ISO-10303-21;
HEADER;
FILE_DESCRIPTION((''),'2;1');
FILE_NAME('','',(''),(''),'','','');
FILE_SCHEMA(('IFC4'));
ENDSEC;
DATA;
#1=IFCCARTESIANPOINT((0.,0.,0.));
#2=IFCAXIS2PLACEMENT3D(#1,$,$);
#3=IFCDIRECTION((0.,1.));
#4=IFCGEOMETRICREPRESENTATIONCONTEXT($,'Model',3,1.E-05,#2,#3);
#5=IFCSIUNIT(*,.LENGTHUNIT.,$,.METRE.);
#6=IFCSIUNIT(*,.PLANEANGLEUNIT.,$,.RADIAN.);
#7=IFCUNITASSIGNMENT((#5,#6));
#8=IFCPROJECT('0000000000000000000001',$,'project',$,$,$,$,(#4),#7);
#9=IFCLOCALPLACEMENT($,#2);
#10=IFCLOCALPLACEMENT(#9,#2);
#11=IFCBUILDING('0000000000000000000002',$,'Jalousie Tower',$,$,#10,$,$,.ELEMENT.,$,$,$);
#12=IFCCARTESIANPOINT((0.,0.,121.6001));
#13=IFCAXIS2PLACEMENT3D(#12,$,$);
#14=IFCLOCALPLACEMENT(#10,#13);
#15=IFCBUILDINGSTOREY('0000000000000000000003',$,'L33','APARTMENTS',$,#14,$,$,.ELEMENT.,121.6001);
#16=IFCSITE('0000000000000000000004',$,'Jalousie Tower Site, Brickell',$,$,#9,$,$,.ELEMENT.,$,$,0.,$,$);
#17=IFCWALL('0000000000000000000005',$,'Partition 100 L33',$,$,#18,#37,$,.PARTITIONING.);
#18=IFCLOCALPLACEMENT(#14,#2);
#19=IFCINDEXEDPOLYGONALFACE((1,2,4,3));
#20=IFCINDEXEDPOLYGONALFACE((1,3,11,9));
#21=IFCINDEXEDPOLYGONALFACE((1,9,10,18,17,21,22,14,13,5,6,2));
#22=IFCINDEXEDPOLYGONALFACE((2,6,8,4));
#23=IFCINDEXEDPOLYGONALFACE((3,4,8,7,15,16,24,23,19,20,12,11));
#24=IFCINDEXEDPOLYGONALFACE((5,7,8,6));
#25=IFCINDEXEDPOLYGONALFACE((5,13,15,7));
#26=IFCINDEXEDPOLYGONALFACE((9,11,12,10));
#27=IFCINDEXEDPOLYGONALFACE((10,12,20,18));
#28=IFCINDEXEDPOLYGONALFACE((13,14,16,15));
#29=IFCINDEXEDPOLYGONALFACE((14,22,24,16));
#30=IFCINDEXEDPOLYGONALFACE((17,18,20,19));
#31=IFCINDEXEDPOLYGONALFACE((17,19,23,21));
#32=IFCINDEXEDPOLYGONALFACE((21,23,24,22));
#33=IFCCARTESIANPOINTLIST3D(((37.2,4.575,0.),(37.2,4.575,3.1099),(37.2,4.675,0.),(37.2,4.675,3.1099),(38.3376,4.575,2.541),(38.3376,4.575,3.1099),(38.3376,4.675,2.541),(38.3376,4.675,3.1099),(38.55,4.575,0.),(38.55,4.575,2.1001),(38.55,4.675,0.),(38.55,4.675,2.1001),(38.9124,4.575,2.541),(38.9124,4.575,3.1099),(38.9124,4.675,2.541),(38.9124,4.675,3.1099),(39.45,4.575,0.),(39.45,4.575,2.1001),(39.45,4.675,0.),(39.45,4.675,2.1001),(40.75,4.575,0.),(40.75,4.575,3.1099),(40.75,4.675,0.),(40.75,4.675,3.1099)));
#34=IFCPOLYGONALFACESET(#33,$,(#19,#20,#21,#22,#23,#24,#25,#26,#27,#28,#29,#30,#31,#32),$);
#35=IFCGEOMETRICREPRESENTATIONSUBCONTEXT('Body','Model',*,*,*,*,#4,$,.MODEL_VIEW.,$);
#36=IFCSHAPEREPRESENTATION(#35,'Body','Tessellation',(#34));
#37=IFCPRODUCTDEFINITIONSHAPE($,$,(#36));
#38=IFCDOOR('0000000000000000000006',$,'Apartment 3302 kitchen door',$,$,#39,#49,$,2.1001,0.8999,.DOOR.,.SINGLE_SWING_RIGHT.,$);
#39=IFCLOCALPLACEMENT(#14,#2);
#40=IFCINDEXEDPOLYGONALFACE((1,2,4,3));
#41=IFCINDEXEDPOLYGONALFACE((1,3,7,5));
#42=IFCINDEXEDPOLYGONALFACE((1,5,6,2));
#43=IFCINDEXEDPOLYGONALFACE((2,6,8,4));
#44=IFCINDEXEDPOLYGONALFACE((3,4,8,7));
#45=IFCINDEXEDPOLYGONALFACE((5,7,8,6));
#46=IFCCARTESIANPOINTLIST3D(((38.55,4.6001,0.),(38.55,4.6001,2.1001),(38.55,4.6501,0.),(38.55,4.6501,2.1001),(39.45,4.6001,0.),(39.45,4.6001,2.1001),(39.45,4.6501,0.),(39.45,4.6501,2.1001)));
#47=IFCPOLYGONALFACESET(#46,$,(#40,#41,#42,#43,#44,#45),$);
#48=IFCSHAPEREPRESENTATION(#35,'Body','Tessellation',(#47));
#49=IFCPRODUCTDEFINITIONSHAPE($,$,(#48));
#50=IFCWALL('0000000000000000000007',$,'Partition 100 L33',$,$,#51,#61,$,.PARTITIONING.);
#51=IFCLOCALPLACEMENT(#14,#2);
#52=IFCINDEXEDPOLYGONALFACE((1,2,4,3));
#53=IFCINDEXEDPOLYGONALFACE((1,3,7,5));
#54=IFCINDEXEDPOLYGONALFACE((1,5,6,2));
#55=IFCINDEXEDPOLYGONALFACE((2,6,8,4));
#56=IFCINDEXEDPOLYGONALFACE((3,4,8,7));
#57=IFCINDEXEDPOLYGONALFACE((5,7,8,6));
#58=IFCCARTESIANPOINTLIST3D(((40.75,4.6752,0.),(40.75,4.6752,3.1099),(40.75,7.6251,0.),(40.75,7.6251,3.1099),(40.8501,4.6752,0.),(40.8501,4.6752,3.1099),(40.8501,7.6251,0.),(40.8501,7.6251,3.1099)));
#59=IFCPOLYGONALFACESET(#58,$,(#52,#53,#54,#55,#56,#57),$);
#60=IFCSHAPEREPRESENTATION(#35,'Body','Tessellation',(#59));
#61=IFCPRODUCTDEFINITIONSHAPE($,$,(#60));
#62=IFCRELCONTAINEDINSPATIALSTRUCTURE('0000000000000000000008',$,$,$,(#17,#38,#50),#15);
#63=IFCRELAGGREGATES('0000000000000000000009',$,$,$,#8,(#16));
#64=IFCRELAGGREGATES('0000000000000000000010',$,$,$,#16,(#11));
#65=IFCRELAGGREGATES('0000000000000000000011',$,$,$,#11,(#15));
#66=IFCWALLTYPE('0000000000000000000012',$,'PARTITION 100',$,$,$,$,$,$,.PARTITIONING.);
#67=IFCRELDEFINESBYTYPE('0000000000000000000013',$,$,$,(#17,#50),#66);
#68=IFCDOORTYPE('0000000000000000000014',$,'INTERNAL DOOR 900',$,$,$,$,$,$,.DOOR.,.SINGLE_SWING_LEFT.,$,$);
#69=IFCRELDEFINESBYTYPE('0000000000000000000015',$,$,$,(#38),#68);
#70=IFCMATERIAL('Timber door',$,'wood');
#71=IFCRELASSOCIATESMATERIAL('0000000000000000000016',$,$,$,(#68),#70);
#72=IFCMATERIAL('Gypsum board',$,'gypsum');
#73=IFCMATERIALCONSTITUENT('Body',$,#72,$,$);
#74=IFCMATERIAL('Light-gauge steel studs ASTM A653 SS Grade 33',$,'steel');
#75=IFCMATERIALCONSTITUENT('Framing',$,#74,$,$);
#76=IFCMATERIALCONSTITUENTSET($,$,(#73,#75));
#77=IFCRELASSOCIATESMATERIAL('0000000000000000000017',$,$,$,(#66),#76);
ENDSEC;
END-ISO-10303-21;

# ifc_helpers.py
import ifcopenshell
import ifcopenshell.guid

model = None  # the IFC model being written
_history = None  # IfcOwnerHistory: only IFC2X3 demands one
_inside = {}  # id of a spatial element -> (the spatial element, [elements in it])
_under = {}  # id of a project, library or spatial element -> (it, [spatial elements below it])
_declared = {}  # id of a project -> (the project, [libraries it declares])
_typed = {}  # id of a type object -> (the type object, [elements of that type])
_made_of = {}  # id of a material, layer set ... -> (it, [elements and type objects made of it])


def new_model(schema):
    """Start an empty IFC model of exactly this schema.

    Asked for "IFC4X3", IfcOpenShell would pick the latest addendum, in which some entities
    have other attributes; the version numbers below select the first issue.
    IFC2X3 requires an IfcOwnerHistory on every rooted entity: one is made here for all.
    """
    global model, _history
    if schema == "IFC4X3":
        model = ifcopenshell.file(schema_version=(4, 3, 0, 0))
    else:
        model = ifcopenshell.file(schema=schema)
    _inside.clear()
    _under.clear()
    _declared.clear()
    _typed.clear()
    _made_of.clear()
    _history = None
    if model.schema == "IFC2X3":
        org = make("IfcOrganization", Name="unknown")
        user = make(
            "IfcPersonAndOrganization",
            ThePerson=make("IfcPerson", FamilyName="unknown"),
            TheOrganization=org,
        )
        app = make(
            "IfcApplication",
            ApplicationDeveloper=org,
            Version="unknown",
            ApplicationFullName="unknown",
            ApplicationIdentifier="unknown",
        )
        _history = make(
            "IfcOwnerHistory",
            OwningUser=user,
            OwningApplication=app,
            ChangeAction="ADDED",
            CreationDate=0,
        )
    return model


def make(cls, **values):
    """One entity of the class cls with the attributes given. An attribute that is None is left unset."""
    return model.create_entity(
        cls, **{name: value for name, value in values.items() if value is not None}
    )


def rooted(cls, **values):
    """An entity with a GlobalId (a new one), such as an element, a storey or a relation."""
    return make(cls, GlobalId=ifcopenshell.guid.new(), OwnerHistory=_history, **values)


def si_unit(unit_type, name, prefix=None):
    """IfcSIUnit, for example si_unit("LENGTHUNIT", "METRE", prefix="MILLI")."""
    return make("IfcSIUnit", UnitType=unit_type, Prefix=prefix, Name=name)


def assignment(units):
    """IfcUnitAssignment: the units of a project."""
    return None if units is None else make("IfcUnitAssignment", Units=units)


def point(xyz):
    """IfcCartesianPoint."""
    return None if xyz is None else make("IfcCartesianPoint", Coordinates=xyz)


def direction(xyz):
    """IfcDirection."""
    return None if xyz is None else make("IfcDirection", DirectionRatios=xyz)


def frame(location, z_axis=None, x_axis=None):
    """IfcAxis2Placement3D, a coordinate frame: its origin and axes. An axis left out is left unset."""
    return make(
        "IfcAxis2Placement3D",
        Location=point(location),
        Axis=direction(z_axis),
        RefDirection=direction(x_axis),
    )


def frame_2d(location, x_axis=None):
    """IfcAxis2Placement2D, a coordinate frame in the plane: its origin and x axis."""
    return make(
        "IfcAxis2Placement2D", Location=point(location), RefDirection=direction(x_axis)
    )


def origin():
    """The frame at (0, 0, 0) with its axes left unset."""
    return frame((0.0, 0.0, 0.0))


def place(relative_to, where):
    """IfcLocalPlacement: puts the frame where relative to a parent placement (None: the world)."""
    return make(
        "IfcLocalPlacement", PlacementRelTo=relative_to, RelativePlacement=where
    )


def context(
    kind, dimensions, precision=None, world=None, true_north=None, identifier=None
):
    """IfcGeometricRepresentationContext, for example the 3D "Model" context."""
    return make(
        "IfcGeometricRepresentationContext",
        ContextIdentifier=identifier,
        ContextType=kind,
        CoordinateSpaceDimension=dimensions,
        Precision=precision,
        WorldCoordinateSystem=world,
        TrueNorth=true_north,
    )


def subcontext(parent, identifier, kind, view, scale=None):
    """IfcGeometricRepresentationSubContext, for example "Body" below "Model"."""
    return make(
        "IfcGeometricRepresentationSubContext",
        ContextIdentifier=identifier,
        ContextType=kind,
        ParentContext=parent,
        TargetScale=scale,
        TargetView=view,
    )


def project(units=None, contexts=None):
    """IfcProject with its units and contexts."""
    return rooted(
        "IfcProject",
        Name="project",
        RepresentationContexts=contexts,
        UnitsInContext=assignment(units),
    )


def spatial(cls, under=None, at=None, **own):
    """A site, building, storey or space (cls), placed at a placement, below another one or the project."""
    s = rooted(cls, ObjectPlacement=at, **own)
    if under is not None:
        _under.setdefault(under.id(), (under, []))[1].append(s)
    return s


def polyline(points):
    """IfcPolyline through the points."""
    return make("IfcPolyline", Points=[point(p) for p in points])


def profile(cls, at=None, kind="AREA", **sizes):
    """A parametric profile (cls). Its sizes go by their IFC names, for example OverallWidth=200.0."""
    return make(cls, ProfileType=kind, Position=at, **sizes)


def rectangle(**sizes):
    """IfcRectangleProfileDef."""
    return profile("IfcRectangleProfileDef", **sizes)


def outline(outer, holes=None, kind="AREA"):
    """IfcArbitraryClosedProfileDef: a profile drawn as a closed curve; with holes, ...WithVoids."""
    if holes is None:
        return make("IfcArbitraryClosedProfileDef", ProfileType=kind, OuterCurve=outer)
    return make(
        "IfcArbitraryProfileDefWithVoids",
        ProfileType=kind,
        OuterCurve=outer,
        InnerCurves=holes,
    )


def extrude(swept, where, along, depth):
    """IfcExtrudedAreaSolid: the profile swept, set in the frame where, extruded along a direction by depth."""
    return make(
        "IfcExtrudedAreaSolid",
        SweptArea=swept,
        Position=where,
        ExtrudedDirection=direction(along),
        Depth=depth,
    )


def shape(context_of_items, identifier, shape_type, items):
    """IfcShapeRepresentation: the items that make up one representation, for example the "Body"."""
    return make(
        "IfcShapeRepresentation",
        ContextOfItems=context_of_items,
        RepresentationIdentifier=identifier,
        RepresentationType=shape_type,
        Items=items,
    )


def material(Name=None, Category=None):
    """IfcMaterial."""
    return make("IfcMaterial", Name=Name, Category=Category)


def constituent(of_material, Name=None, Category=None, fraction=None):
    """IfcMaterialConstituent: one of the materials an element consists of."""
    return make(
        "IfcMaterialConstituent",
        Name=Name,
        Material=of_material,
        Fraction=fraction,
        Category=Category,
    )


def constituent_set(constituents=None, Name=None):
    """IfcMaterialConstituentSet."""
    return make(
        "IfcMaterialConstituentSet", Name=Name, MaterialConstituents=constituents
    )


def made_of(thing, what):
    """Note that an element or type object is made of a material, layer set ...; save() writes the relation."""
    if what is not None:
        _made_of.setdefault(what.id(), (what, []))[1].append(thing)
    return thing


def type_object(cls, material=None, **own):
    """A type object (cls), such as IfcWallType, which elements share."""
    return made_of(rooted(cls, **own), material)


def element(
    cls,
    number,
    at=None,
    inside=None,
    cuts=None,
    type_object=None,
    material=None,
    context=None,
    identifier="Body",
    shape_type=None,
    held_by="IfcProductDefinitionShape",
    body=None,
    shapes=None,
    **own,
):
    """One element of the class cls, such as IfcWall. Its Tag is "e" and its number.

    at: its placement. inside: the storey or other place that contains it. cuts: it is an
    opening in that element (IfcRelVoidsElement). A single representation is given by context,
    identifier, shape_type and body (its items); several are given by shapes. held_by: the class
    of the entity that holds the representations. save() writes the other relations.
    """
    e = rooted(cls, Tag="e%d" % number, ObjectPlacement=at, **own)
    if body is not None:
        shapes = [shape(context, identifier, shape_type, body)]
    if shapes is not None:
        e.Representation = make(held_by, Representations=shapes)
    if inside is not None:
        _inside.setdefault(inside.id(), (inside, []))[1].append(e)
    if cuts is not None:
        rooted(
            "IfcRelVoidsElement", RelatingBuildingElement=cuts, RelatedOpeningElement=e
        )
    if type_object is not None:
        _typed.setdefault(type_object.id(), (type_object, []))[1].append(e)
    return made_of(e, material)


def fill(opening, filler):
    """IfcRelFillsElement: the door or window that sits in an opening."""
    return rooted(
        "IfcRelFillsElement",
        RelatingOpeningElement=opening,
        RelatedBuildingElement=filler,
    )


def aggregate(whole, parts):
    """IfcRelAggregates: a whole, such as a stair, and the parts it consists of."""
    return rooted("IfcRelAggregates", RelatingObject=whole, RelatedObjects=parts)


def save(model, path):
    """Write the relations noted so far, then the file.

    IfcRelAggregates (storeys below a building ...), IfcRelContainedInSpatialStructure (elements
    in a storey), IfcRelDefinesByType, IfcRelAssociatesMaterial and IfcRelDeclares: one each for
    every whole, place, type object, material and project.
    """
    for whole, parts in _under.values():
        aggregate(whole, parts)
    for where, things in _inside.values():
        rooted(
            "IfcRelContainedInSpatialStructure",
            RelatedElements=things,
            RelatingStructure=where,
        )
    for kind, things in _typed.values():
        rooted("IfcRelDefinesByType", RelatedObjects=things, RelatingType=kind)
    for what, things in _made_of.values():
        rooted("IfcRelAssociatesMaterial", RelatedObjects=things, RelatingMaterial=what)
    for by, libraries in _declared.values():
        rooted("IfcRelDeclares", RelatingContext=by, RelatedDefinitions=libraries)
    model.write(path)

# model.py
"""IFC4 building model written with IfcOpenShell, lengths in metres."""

from ifc_helpers import new_model, si_unit, direction, frame, frame_2d, origin, place, context, subcontext, project, spatial, polyline, rectangle, outline, extrude, material, constituent, constituent_set, type_object, element, fill, save


model = new_model("IFC4")

# Units and contexts
model_context = context("Model", 3, precision=1e-05, world=origin(), true_north=direction((0.0, 1.0)))
body_context = subcontext(model_context, "Body", "Model", "MODEL_VIEW")
ifc_project = project(units=[si_unit("LENGTHUNIT", "METRE"), si_unit("PLANEANGLEUNIT", "RADIAN")], contexts=[model_context])

# Site, building, storey
site_placement = place(None, origin())
site = spatial("IfcSite", under=ifc_project, at=site_placement, Name="Jalousie Tower Site, Brickell", CompositionType="ELEMENT", RefElevation=0.0)
building_placement = place(site_placement, origin())
building = spatial("IfcBuilding", under=site, at=building_placement, Name="Jalousie Tower", CompositionType="ELEMENT")
storey_placement = place(building_placement, frame((0.0, 0.0, 121.6001)))
storey = spatial("IfcBuildingStorey", under=building, at=storey_placement, Name="L33", Description="APARTMENTS", CompositionType="ELEMENT", Elevation=121.6001)

# Shared definitions
ifc_material_1 = material(Name="Timber door", Category="wood")
door_type_1 = type_object("IfcDoorType", Name="INTERNAL DOOR 900", OperationType="SINGLE_SWING_LEFT", PredefinedType="DOOR", material=ifc_material_1)

# Wall, opening, door
ifc_material_2 = material(Name="Gypsum board", Category="gypsum")
ifc_constituent_1 = constituent(ifc_material_2, Name="Body")
ifc_material_3 = material(Name="Light-gauge steel studs ASTM A653 SS Grade 33", Category="steel")
ifc_constituent_2 = constituent(ifc_material_3, Name="Framing")
ifc_constituent_set_1 = constituent_set(constituents=[ifc_constituent_1, ifc_constituent_2])
wall_type_1 = type_object("IfcWallType", Name="PARTITION 100", PredefinedType="PARTITIONING", material=ifc_constituent_set_1)
wall_1_placement = place(storey_placement, frame((37.2, 4.625, 0.0), z_axis=(0.0, 0.0, 1.0), x_axis=(1.0, 0.0, 0.0)))
wall_1 = element("IfcWall", 1, at=wall_1_placement, inside=storey, type_object=wall_type_1, Name="Partition 100 L33", PredefinedType="PARTITIONING", context=body_context, shape_type="SweptSolid", body=[
    extrude(outline(polyline([(0.0, 0.0), (3.55, 0.0), (3.55, 3.1099), (1.7124, 3.1099), (1.7124, 2.541), (1.1377, 2.541), (1.1377, 3.1099), (0.0, 3.1099), (0.0, 0.0)])), frame((0.0, 0.05, 0.0), z_axis=(0.0, -1.0, 0.0), x_axis=(1.0, 0.0, 0.0)), (0.0, 0.0, 1.0), 0.1001),
])
opening_1_placement = place(wall_1_placement, frame((1.3501, 0.0, 0.0)))
opening_1 = element("IfcOpeningElement", 2, at=opening_1_placement, cuts=wall_1, PredefinedType="OPENING", context=body_context, shape_type="SweptSolid", body=[
    extrude(rectangle(XDim=0.8999, YDim=2.1001, at=frame_2d((0.45, 1.05))), frame((0.0, 0.0601, 0.0), z_axis=(0.0, -1.0, 0.0), x_axis=(1.0, 0.0, 0.0)), (0.0, 0.0, 1.0), 0.1201),
])
door_1_placement = place(opening_1_placement, frame((0.8999, 0.0, 0.0), z_axis=(0.0, 0.0, 1.0), x_axis=(-1.0, 0.0, 0.0)))
door_1 = element("IfcDoor", 3, at=door_1_placement, inside=storey, type_object=door_type_1, Name="Apartment 3302 kitchen door", OperationType="SINGLE_SWING_RIGHT", OverallHeight=2.1001, OverallWidth=0.8999, PredefinedType="DOOR", context=body_context, shape_type="SweptSolid", body=[
    extrude(rectangle(XDim=0.8999, YDim=2.1001, at=frame_2d((0.45, 1.05))), frame((0.0, 0.0249, 0.0), z_axis=(0.0, -1.0, 0.0), x_axis=(1.0, 0.0, 0.0)), (0.0, 0.0, 1.0), 0.05),
])
fill(opening_1, door_1)

# Wall
wall_2_placement = place(storey_placement, frame((40.8, 4.675, 0.0), z_axis=(0.0, 0.0, 1.0), x_axis=(0.0, 1.0, 0.0)))
element("IfcWall", 4, at=wall_2_placement, inside=storey, type_object=wall_type_1, Name="Partition 100 L33", PredefinedType="PARTITIONING", context=body_context, shape_type="SweptSolid", body=[
    extrude(rectangle(XDim=2.95, YDim=0.1001, at=frame_2d((1.4751, 0.0))), origin(), (0.0, 0.0, 1.0), 3.1099),
])

save(model, "model.ifc")
